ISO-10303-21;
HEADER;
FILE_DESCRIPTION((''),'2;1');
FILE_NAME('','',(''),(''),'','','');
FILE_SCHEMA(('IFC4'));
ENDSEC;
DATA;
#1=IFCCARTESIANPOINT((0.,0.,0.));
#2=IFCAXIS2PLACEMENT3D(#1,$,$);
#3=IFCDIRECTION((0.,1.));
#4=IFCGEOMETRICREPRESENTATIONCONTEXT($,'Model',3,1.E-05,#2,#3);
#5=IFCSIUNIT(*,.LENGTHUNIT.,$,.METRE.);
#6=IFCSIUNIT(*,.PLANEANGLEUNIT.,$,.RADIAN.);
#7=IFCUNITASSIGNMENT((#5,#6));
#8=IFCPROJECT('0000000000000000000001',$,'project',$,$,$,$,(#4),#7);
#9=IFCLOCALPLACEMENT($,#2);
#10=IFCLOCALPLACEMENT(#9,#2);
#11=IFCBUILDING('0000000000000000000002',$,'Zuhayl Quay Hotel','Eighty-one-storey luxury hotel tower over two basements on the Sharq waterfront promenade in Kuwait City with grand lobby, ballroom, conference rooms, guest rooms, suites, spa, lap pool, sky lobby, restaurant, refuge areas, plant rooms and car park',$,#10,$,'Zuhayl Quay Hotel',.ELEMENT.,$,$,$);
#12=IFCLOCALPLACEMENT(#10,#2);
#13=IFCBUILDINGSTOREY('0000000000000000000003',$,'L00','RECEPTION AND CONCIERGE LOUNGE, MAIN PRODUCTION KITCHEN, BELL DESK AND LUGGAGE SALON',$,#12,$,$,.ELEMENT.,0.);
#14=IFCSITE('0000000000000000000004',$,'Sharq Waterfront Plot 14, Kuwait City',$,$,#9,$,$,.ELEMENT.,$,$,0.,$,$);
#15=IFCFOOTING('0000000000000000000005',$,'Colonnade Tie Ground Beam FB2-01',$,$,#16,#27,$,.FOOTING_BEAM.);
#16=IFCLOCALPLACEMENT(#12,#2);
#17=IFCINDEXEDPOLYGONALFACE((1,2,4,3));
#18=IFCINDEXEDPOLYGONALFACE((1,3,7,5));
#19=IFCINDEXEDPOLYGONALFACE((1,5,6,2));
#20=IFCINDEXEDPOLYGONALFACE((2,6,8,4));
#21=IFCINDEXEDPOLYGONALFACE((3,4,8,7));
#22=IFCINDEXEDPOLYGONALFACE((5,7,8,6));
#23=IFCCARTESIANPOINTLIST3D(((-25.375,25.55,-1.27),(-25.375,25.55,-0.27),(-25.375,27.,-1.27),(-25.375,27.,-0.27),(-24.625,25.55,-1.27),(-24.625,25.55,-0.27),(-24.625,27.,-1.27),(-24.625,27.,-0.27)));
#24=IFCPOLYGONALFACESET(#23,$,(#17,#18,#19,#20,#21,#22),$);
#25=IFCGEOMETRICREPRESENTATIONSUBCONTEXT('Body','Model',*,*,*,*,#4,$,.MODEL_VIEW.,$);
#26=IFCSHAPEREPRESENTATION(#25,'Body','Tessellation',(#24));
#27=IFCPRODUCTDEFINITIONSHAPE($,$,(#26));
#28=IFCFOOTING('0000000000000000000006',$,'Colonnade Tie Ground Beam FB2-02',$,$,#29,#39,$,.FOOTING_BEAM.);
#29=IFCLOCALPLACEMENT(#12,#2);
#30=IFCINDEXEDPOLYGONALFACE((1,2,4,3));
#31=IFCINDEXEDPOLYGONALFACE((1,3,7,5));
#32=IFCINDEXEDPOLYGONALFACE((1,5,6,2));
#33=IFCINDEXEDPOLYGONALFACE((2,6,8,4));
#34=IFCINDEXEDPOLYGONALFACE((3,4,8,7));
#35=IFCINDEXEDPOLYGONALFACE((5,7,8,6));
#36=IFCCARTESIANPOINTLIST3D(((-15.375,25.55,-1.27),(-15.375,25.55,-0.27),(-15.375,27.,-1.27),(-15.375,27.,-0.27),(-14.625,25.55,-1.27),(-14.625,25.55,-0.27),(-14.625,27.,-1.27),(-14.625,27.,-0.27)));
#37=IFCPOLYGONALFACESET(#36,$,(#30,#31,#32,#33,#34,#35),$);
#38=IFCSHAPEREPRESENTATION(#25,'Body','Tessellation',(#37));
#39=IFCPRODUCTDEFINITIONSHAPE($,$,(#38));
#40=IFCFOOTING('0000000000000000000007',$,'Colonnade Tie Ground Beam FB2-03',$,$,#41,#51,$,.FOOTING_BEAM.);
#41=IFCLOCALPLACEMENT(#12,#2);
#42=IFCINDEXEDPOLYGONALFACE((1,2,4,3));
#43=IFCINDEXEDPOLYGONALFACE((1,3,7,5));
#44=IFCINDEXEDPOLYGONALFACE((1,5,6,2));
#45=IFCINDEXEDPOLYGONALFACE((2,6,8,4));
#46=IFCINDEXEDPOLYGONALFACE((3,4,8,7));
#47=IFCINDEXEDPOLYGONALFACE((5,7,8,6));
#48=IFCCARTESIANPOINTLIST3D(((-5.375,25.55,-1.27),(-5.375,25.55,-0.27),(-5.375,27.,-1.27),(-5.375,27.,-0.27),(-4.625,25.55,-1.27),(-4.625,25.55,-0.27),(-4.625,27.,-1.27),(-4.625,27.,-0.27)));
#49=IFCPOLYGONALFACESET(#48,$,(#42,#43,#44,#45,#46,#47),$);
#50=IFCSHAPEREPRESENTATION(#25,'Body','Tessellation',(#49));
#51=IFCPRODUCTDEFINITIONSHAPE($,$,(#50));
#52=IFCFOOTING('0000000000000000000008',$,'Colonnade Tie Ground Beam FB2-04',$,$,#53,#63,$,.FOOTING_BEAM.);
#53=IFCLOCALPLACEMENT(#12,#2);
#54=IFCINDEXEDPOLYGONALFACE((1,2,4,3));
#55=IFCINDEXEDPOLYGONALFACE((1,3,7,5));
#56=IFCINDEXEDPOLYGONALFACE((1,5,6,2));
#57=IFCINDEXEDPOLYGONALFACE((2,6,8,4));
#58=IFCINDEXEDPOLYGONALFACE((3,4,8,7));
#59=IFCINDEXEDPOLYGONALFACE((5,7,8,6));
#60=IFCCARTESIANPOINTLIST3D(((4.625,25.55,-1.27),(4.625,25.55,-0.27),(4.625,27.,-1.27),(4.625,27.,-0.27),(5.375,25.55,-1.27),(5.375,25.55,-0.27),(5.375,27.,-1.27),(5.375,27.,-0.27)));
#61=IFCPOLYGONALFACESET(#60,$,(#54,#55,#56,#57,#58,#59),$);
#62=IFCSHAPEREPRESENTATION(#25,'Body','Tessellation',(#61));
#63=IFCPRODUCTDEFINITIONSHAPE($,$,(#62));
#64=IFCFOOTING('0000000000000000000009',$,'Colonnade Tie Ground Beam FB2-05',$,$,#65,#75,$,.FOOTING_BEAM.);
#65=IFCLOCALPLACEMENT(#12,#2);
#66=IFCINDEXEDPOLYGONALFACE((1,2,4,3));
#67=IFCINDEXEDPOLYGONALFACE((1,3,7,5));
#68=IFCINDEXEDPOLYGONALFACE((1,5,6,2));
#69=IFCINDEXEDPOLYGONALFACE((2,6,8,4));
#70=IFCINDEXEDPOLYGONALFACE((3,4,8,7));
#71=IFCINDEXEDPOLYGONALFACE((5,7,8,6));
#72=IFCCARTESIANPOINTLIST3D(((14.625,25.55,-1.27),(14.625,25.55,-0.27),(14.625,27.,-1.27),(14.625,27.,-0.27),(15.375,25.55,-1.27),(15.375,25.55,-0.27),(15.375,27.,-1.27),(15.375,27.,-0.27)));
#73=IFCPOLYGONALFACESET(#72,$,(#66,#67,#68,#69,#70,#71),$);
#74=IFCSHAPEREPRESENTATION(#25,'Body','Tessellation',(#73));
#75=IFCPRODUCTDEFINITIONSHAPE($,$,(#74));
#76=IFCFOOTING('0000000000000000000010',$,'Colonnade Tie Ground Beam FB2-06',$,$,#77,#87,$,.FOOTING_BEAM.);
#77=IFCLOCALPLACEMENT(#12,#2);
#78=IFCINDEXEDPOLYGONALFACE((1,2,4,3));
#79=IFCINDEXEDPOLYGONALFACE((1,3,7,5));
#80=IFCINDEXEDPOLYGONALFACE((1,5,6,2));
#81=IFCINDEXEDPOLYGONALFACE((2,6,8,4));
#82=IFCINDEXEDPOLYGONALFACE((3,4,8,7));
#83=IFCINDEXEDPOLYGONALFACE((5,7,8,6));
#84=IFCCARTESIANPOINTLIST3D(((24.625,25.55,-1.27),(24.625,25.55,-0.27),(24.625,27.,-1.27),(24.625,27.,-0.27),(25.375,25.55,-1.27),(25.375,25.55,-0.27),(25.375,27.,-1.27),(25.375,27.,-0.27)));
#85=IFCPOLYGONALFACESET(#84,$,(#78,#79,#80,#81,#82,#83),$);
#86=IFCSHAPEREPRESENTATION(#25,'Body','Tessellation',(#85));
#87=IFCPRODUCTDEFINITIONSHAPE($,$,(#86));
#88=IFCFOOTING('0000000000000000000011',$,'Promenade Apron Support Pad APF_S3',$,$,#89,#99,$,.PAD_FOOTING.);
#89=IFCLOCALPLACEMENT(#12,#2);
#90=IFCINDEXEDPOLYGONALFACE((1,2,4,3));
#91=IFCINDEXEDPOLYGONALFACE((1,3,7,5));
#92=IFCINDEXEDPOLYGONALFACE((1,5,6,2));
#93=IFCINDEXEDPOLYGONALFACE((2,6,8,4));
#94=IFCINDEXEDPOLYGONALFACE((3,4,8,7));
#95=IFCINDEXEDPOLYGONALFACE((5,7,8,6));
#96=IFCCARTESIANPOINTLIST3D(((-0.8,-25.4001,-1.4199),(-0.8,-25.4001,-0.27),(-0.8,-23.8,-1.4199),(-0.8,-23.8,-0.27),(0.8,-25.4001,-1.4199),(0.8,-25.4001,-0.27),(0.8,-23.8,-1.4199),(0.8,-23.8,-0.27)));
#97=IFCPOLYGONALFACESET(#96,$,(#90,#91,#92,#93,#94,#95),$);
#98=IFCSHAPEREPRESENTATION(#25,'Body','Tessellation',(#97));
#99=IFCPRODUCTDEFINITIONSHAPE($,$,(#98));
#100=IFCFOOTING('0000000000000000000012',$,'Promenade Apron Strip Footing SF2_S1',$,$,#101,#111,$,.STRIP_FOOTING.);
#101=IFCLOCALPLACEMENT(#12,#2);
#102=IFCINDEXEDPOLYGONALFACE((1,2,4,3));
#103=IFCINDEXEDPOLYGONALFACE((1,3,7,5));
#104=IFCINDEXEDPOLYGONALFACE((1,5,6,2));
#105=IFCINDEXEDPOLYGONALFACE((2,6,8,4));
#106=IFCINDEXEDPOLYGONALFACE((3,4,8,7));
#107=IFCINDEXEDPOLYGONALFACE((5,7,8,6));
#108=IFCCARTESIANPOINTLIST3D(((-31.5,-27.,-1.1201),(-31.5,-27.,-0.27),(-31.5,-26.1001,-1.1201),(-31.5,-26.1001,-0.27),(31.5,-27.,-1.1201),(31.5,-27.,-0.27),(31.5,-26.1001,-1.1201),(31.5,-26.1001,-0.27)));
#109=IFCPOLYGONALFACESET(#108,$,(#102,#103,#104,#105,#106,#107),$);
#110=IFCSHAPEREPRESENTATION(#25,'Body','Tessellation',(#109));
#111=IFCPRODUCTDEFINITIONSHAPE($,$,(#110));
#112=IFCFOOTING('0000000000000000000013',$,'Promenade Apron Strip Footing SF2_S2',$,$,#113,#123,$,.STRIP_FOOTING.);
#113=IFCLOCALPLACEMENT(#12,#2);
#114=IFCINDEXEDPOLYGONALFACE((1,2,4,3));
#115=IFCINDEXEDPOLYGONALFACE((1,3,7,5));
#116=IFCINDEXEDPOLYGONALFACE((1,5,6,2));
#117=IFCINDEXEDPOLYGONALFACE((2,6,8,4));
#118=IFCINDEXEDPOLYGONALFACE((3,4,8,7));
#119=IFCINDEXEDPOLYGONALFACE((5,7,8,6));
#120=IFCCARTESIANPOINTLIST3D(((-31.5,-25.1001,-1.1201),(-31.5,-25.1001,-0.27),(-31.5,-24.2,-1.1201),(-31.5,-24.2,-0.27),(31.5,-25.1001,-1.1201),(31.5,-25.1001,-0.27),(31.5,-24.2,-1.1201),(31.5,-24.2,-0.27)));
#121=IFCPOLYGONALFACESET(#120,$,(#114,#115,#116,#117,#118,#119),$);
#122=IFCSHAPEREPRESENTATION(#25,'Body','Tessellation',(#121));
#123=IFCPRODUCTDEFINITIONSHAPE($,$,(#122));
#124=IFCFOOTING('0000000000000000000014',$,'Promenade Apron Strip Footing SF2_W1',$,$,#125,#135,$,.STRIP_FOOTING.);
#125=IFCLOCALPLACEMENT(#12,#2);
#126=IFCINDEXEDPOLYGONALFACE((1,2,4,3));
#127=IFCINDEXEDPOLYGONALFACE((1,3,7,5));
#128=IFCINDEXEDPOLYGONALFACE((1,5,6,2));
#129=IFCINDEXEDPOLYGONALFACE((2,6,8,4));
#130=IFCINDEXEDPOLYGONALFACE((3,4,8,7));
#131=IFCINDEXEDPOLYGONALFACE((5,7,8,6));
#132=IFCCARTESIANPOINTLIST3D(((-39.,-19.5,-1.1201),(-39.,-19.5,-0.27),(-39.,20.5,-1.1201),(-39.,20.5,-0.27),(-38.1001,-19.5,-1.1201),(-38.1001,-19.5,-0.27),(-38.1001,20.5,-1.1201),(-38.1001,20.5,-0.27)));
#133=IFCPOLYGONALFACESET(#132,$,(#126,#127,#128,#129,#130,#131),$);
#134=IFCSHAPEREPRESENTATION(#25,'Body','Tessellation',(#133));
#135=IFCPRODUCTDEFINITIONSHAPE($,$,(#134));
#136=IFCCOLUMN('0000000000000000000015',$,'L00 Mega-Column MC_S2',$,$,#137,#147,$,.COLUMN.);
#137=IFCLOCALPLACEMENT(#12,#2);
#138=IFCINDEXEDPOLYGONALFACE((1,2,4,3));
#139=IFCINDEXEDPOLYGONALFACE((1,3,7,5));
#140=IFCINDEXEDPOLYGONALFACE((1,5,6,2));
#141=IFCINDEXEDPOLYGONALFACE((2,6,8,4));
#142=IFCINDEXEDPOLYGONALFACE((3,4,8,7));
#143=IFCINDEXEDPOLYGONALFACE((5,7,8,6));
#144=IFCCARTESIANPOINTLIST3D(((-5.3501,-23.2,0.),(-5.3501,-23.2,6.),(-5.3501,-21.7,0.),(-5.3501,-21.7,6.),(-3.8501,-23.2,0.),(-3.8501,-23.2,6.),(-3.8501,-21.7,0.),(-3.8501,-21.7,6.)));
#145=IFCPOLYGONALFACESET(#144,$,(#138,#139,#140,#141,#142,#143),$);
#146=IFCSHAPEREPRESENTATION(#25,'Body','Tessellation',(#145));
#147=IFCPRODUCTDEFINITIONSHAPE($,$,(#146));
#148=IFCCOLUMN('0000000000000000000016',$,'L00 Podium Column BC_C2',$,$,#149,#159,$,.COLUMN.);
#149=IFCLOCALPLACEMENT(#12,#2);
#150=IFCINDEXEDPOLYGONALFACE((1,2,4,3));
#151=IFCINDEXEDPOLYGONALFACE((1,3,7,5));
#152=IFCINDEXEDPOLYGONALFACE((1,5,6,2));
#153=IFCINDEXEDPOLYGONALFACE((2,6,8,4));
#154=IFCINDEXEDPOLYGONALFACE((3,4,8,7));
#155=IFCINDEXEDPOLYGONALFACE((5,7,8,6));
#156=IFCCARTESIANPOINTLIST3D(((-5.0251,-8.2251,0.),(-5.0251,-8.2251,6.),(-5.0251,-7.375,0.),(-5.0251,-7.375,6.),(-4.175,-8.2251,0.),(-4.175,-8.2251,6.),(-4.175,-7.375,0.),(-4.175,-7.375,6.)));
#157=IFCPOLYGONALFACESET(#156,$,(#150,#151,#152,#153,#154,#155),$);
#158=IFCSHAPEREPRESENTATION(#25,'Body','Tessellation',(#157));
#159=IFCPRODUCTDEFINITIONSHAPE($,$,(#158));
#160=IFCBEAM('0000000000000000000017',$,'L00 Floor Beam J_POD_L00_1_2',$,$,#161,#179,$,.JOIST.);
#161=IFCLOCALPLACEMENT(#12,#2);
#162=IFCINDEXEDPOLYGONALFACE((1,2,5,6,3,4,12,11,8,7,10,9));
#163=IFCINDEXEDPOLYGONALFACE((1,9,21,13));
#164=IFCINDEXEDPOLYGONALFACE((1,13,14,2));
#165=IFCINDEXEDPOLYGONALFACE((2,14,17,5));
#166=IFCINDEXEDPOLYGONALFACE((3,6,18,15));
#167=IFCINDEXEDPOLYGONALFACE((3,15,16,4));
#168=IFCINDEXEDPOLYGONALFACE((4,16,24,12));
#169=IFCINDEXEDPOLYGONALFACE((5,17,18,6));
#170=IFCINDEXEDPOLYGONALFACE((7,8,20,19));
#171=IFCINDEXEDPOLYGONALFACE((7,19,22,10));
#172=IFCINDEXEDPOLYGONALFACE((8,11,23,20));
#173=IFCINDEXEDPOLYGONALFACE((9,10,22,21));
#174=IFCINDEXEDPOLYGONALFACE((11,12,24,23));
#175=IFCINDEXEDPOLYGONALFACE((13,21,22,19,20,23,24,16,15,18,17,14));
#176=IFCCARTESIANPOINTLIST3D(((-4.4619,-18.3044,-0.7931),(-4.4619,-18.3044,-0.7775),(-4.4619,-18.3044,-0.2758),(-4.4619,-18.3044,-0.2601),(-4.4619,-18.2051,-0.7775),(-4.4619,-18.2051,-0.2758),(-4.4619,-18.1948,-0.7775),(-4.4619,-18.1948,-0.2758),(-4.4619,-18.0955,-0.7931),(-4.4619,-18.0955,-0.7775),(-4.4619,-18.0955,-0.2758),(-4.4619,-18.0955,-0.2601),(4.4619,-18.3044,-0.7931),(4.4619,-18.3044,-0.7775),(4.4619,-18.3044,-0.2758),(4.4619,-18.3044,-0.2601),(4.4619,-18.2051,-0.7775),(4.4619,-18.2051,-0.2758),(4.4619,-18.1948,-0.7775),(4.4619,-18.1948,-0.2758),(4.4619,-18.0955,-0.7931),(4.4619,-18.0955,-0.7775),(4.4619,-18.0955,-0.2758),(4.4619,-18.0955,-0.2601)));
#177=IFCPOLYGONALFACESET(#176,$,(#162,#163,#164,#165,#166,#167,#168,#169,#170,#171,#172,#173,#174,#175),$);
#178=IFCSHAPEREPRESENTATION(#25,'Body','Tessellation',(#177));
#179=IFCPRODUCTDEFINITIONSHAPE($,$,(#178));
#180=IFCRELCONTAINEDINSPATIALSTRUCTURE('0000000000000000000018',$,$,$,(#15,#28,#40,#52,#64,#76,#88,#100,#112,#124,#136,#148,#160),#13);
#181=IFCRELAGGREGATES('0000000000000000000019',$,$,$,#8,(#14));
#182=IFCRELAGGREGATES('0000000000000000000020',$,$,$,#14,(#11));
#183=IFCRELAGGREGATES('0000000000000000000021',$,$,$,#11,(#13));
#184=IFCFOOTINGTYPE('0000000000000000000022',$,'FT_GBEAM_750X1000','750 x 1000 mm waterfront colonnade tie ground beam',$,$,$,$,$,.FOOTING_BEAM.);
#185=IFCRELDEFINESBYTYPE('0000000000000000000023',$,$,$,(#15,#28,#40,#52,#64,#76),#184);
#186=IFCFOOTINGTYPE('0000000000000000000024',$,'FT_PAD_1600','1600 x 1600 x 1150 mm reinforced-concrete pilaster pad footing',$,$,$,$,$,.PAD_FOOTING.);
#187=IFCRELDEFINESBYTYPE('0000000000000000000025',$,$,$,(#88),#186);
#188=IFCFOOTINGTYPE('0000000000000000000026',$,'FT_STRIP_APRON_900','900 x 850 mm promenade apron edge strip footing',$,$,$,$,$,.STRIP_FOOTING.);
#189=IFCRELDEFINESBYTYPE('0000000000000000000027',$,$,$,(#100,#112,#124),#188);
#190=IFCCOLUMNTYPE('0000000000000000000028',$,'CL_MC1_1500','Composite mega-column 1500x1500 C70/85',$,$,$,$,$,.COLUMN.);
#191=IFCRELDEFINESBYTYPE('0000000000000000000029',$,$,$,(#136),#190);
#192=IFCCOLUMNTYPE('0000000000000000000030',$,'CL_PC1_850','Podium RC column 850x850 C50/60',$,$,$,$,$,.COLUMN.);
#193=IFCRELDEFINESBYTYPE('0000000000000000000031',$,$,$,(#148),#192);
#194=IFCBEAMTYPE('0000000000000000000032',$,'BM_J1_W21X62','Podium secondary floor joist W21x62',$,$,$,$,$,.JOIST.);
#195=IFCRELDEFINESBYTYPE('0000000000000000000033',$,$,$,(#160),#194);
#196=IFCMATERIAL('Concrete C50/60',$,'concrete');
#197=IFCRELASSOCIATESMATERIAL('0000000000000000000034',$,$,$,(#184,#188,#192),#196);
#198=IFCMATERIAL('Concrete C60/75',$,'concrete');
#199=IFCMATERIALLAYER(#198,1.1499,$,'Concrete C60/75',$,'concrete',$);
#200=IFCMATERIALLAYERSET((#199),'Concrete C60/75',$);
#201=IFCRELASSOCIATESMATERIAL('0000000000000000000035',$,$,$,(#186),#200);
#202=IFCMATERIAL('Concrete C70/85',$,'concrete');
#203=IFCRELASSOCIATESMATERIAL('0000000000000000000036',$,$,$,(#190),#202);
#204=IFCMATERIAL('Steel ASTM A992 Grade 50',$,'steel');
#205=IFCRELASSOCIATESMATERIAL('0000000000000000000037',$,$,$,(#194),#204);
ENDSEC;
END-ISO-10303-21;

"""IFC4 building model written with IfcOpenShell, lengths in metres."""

from ifc_helpers import new_model, si_unit, direction, frame, origin, origin_2d, place, context, subcontext, project, spatial, polyline, rectangle, i_section, outline, extrude, material, layer, layer_set, material_profile, profile_set, type_object, element, save


model = new_model("IFC4")

# Units and contexts
model_context = context("Model", 3, precision=1e-05, world=origin(), true_north=direction((0.0, 1.0)))
body_context = subcontext(model_context, "Body", "Model", "MODEL_VIEW")
ifc_project = project(units=[si_unit("LENGTHUNIT", "METRE"), si_unit("PLANEANGLEUNIT", "RADIAN")], contexts=[model_context])

# Site, building, storey
site_placement = place(None, origin())
site = spatial("IfcSite", under=ifc_project, at=site_placement, Name="Sharq Waterfront Plot 14, Kuwait City", CompositionType="ELEMENT", RefElevation=0.0)
building_placement = place(site_placement, origin())
building = spatial("IfcBuilding", under=site, at=building_placement, Name="Zuhayl Quay Hotel", Description="Eighty-one-storey luxury hotel tower over two basements on the Sharq waterfront promenade in Kuwait City with grand lobby, ballroom, conference rooms, guest rooms, suites, spa, lap pool, sky lobby, restaurant, refuge areas, plant rooms and car park", LongName="Zuhayl Quay Hotel", CompositionType="ELEMENT")
storey_placement = place(building_placement, origin())
storey = spatial("IfcBuildingStorey", under=building, at=storey_placement, Name="L00", Description="RECEPTION AND CONCIERGE LOUNGE, MAIN PRODUCTION KITCHEN, BELL DESK AND LUGGAGE SALON", CompositionType="ELEMENT", Elevation=0.0)

# Footings
ifc_material_1 = material(Name="Concrete C50/60", Category="concrete")
footing_type_1 = type_object("IfcFootingType", Name="FT_GBEAM_750X1000", Description="750 x 1000 mm waterfront colonnade tie ground beam", PredefinedType="FOOTING_BEAM", material=ifc_material_1)
footing_1_placement = place(storey_placement, frame((0.0, 0.0, -1.27)))
element("IfcFooting", 1, at=footing_1_placement, inside=storey, type_object=footing_type_1, Name="Colonnade Tie Ground Beam FB2-01", PredefinedType="FOOTING_BEAM", context=body_context, shape_type="SweptSolid", body=[
    extrude(outline(polyline([(-25.375, 25.55), (-24.625, 25.55), (-24.625, 27.0), (-25.375, 27.0), (-25.375, 25.55)])), origin(), (0.0, 0.0, 1.0), 1.0),
])
footing_2_placement = place(storey_placement, frame((0.0, 0.0, -1.27)))
element("IfcFooting", 2, at=footing_2_placement, inside=storey, type_object=footing_type_1, Name="Colonnade Tie Ground Beam FB2-02", PredefinedType="FOOTING_BEAM", context=body_context, shape_type="SweptSolid", body=[
    extrude(outline(polyline([(-15.375, 25.55), (-14.625, 25.55), (-14.625, 27.0), (-15.375, 27.0), (-15.375, 25.55)])), origin(), (0.0, 0.0, 1.0), 1.0),
])
footing_3_placement = place(storey_placement, frame((0.0, 0.0, -1.27)))
element("IfcFooting", 3, at=footing_3_placement, inside=storey, type_object=footing_type_1, Name="Colonnade Tie Ground Beam FB2-03", PredefinedType="FOOTING_BEAM", context=body_context, shape_type="SweptSolid", body=[
    extrude(outline(polyline([(-5.375, 25.55), (-4.625, 25.55), (-4.625, 27.0), (-5.375, 27.0), (-5.375, 25.55)])), origin(), (0.0, 0.0, 1.0), 1.0),
])
footing_4_placement = place(storey_placement, frame((0.0, 0.0, -1.27)))
element("IfcFooting", 4, at=footing_4_placement, inside=storey, type_object=footing_type_1, Name="Colonnade Tie Ground Beam FB2-04", PredefinedType="FOOTING_BEAM", context=body_context, shape_type="SweptSolid", body=[
    extrude(outline(polyline([(4.625, 25.55), (5.375, 25.55), (5.375, 27.0), (4.625, 27.0), (4.625, 25.55)])), origin(), (0.0, 0.0, 1.0), 1.0),
])
footing_5_placement = place(storey_placement, frame((0.0, 0.0, -1.27)))
element("IfcFooting", 5, at=footing_5_placement, inside=storey, type_object=footing_type_1, Name="Colonnade Tie Ground Beam FB2-05", PredefinedType="FOOTING_BEAM", context=body_context, shape_type="SweptSolid", body=[
    extrude(outline(polyline([(14.625, 25.55), (15.375, 25.55), (15.375, 27.0), (14.625, 27.0), (14.625, 25.55)])), origin(), (0.0, 0.0, 1.0), 1.0),
])
footing_6_placement = place(storey_placement, frame((0.0, 0.0, -1.27)))
element("IfcFooting", 6, at=footing_6_placement, inside=storey, type_object=footing_type_1, Name="Colonnade Tie Ground Beam FB2-06", PredefinedType="FOOTING_BEAM", context=body_context, shape_type="SweptSolid", body=[
    extrude(outline(polyline([(24.625, 25.55), (25.375, 25.55), (25.375, 27.0), (24.625, 27.0), (24.625, 25.55)])), origin(), (0.0, 0.0, 1.0), 1.0),
])
ifc_material_2 = material(Name="Concrete C60/75", Category="concrete")
ifc_layer_1 = layer(ifc_material_2, 1.1499, Name="Concrete C60/75", Category="concrete")
ifc_layer_set_1 = layer_set([ifc_layer_1], Name="Concrete C60/75")
footing_type_2 = type_object("IfcFootingType", Name="FT_PAD_1600", Description="1600 x 1600 x 1150 mm reinforced-concrete pilaster pad footing", PredefinedType="PAD_FOOTING", material=ifc_layer_set_1)
footing_7_placement = place(storey_placement, frame((0.0, -24.6001, -1.4199), z_axis=(0.0, 0.0, 1.0), x_axis=(1.0, 0.0, 0.0)))
element("IfcFooting", 7, at=footing_7_placement, inside=storey, type_object=footing_type_2, Name="Promenade Apron Support Pad APF_S3", PredefinedType="PAD_FOOTING", context=body_context, shape_type="SweptSolid", body=[
    extrude(rectangle(XDim=1.6001, YDim=1.6001, at=origin_2d()), origin(), (0.0, 0.0, 1.0), 1.1499),
])
footing_type_3 = type_object("IfcFootingType", Name="FT_STRIP_APRON_900", Description="900 x 850 mm promenade apron edge strip footing", PredefinedType="STRIP_FOOTING", material=ifc_material_1)
footing_8_placement = place(storey_placement, frame((0.0, 0.0, -1.1201)))
element("IfcFooting", 8, at=footing_8_placement, inside=storey, type_object=footing_type_3, Name="Promenade Apron Strip Footing SF2_S1", PredefinedType="STRIP_FOOTING", context=body_context, shape_type="SweptSolid", body=[
    extrude(outline(polyline([(-31.5, -27.0), (31.5, -27.0), (31.5, -26.1001), (-31.5, -26.1001), (-31.5, -27.0)])), origin(), (0.0, 0.0, 1.0), 0.8501),
])
footing_9_placement = place(storey_placement, frame((0.0, 0.0, -1.1201)))
element("IfcFooting", 9, at=footing_9_placement, inside=storey, type_object=footing_type_3, Name="Promenade Apron Strip Footing SF2_S2", PredefinedType="STRIP_FOOTING", context=body_context, shape_type="SweptSolid", body=[
    extrude(outline(polyline([(-31.5, -25.1001), (31.5, -25.1001), (31.5, -24.2), (-31.5, -24.2), (-31.5, -25.1001)])), origin(), (0.0, 0.0, 1.0), 0.8501),
])
footing_10_placement = place(storey_placement, frame((0.0, 0.0, -1.1201)))
element("IfcFooting", 10, at=footing_10_placement, inside=storey, type_object=footing_type_3, Name="Promenade Apron Strip Footing SF2_W1", PredefinedType="STRIP_FOOTING", context=body_context, shape_type="SweptSolid", body=[
    extrude(outline(polyline([(-39.0, -19.5), (-38.1001, -19.5), (-38.1001, 20.5), (-39.0, 20.5), (-39.0, -19.5)])), origin(), (0.0, 0.0, 1.0), 0.8501),
])

# Columns
ifc_material_3 = material(Name="Concrete C70/85", Category="concrete")
ifc_material_profile_1 = material_profile(ifc_material_3, rectangle(XDim=1.5, YDim=1.5, at=origin_2d()), Name="RC1500X1500")
ifc_profile_set_1 = profile_set([ifc_material_profile_1], Name="Concrete C70/85")
column_type_1 = type_object("IfcColumnType", Name="CL_MC1_1500", Description="Composite mega-column 1500x1500 C70/85", PredefinedType="COLUMN", material=ifc_profile_set_1)
column_1_placement = place(storey_placement, frame((-4.6001, -22.45, 0.0), z_axis=(0.0, 0.0, 1.0), x_axis=(1.0, 0.0, 0.0)))
element("IfcColumn", 11, at=column_1_placement, inside=storey, type_object=column_type_1, Name="L00 Mega-Column MC_S2", PredefinedType="COLUMN", context=body_context, shape_type="SweptSolid", body=[
    extrude(rectangle(XDim=1.5, YDim=1.5, at=origin_2d()), origin(), (0.0, 0.0, 1.0), 6.0),
])
ifc_material_profile_2 = material_profile(ifc_material_1, rectangle(XDim=0.8501, YDim=0.8501, at=origin_2d()), Name="RC850X850")
ifc_profile_set_2 = profile_set([ifc_material_profile_2], Name="Concrete C50/60")
column_type_2 = type_object("IfcColumnType", Name="CL_PC1_850", Description="Podium RC column 850x850 C50/60", PredefinedType="COLUMN", material=ifc_profile_set_2)
column_2_placement = place(storey_placement, frame((-4.6001, -7.8, 0.0), z_axis=(0.0, 0.0, 1.0), x_axis=(1.0, 0.0, 0.0)))
element("IfcColumn", 12, at=column_2_placement, inside=storey, type_object=column_type_2, Name="L00 Podium Column BC_C2", PredefinedType="COLUMN", context=body_context, shape_type="SweptSolid", body=[
    extrude(rectangle(XDim=0.8501, YDim=0.8501, at=origin_2d()), origin(), (0.0, 0.0, 1.0), 6.0),
])

# Beam
ifc_material_4 = material(Name="Steel ASTM A992 Grade 50", Category="steel")
ifc_material_profile_3 = material_profile(ifc_material_4, i_section(OverallWidth=0.209, OverallDepth=0.533, WebThickness=0.0103, FlangeThickness=0.0156, at=origin_2d()), Name="W21X62")
ifc_profile_set_3 = profile_set([ifc_material_profile_3], Name="Steel ASTM A992 Grade 50")
beam_type_1 = type_object("IfcBeamType", Name="BM_J1_W21X62", Description="Podium secondary floor joist W21x62", PredefinedType="JOIST", material=ifc_profile_set_3)
for number, where, z_axis, x_axis, name in (
    (13, (-4.4619, -18.2, -0.5266), (1.0, 0.0, 0.0), (0.0, 1.0, 0.0), "L00 Floor Beam J_POD_L00_1_2"),
):
    element("IfcBeam", number, at=place(storey_placement, frame(where, z_axis=z_axis, x_axis=x_axis)), inside=storey, type_object=beam_type_1, Name=name, PredefinedType="JOIST", context=body_context, shape_type="SweptSolid", body=[
        extrude(i_section(OverallWidth=0.209, OverallDepth=0.533, WebThickness=0.0103, FlangeThickness=0.0156, at=origin_2d()), origin(), (0.0, 0.0, 1.0), 8.9238),
    ])

save(model, "model.ifc")
